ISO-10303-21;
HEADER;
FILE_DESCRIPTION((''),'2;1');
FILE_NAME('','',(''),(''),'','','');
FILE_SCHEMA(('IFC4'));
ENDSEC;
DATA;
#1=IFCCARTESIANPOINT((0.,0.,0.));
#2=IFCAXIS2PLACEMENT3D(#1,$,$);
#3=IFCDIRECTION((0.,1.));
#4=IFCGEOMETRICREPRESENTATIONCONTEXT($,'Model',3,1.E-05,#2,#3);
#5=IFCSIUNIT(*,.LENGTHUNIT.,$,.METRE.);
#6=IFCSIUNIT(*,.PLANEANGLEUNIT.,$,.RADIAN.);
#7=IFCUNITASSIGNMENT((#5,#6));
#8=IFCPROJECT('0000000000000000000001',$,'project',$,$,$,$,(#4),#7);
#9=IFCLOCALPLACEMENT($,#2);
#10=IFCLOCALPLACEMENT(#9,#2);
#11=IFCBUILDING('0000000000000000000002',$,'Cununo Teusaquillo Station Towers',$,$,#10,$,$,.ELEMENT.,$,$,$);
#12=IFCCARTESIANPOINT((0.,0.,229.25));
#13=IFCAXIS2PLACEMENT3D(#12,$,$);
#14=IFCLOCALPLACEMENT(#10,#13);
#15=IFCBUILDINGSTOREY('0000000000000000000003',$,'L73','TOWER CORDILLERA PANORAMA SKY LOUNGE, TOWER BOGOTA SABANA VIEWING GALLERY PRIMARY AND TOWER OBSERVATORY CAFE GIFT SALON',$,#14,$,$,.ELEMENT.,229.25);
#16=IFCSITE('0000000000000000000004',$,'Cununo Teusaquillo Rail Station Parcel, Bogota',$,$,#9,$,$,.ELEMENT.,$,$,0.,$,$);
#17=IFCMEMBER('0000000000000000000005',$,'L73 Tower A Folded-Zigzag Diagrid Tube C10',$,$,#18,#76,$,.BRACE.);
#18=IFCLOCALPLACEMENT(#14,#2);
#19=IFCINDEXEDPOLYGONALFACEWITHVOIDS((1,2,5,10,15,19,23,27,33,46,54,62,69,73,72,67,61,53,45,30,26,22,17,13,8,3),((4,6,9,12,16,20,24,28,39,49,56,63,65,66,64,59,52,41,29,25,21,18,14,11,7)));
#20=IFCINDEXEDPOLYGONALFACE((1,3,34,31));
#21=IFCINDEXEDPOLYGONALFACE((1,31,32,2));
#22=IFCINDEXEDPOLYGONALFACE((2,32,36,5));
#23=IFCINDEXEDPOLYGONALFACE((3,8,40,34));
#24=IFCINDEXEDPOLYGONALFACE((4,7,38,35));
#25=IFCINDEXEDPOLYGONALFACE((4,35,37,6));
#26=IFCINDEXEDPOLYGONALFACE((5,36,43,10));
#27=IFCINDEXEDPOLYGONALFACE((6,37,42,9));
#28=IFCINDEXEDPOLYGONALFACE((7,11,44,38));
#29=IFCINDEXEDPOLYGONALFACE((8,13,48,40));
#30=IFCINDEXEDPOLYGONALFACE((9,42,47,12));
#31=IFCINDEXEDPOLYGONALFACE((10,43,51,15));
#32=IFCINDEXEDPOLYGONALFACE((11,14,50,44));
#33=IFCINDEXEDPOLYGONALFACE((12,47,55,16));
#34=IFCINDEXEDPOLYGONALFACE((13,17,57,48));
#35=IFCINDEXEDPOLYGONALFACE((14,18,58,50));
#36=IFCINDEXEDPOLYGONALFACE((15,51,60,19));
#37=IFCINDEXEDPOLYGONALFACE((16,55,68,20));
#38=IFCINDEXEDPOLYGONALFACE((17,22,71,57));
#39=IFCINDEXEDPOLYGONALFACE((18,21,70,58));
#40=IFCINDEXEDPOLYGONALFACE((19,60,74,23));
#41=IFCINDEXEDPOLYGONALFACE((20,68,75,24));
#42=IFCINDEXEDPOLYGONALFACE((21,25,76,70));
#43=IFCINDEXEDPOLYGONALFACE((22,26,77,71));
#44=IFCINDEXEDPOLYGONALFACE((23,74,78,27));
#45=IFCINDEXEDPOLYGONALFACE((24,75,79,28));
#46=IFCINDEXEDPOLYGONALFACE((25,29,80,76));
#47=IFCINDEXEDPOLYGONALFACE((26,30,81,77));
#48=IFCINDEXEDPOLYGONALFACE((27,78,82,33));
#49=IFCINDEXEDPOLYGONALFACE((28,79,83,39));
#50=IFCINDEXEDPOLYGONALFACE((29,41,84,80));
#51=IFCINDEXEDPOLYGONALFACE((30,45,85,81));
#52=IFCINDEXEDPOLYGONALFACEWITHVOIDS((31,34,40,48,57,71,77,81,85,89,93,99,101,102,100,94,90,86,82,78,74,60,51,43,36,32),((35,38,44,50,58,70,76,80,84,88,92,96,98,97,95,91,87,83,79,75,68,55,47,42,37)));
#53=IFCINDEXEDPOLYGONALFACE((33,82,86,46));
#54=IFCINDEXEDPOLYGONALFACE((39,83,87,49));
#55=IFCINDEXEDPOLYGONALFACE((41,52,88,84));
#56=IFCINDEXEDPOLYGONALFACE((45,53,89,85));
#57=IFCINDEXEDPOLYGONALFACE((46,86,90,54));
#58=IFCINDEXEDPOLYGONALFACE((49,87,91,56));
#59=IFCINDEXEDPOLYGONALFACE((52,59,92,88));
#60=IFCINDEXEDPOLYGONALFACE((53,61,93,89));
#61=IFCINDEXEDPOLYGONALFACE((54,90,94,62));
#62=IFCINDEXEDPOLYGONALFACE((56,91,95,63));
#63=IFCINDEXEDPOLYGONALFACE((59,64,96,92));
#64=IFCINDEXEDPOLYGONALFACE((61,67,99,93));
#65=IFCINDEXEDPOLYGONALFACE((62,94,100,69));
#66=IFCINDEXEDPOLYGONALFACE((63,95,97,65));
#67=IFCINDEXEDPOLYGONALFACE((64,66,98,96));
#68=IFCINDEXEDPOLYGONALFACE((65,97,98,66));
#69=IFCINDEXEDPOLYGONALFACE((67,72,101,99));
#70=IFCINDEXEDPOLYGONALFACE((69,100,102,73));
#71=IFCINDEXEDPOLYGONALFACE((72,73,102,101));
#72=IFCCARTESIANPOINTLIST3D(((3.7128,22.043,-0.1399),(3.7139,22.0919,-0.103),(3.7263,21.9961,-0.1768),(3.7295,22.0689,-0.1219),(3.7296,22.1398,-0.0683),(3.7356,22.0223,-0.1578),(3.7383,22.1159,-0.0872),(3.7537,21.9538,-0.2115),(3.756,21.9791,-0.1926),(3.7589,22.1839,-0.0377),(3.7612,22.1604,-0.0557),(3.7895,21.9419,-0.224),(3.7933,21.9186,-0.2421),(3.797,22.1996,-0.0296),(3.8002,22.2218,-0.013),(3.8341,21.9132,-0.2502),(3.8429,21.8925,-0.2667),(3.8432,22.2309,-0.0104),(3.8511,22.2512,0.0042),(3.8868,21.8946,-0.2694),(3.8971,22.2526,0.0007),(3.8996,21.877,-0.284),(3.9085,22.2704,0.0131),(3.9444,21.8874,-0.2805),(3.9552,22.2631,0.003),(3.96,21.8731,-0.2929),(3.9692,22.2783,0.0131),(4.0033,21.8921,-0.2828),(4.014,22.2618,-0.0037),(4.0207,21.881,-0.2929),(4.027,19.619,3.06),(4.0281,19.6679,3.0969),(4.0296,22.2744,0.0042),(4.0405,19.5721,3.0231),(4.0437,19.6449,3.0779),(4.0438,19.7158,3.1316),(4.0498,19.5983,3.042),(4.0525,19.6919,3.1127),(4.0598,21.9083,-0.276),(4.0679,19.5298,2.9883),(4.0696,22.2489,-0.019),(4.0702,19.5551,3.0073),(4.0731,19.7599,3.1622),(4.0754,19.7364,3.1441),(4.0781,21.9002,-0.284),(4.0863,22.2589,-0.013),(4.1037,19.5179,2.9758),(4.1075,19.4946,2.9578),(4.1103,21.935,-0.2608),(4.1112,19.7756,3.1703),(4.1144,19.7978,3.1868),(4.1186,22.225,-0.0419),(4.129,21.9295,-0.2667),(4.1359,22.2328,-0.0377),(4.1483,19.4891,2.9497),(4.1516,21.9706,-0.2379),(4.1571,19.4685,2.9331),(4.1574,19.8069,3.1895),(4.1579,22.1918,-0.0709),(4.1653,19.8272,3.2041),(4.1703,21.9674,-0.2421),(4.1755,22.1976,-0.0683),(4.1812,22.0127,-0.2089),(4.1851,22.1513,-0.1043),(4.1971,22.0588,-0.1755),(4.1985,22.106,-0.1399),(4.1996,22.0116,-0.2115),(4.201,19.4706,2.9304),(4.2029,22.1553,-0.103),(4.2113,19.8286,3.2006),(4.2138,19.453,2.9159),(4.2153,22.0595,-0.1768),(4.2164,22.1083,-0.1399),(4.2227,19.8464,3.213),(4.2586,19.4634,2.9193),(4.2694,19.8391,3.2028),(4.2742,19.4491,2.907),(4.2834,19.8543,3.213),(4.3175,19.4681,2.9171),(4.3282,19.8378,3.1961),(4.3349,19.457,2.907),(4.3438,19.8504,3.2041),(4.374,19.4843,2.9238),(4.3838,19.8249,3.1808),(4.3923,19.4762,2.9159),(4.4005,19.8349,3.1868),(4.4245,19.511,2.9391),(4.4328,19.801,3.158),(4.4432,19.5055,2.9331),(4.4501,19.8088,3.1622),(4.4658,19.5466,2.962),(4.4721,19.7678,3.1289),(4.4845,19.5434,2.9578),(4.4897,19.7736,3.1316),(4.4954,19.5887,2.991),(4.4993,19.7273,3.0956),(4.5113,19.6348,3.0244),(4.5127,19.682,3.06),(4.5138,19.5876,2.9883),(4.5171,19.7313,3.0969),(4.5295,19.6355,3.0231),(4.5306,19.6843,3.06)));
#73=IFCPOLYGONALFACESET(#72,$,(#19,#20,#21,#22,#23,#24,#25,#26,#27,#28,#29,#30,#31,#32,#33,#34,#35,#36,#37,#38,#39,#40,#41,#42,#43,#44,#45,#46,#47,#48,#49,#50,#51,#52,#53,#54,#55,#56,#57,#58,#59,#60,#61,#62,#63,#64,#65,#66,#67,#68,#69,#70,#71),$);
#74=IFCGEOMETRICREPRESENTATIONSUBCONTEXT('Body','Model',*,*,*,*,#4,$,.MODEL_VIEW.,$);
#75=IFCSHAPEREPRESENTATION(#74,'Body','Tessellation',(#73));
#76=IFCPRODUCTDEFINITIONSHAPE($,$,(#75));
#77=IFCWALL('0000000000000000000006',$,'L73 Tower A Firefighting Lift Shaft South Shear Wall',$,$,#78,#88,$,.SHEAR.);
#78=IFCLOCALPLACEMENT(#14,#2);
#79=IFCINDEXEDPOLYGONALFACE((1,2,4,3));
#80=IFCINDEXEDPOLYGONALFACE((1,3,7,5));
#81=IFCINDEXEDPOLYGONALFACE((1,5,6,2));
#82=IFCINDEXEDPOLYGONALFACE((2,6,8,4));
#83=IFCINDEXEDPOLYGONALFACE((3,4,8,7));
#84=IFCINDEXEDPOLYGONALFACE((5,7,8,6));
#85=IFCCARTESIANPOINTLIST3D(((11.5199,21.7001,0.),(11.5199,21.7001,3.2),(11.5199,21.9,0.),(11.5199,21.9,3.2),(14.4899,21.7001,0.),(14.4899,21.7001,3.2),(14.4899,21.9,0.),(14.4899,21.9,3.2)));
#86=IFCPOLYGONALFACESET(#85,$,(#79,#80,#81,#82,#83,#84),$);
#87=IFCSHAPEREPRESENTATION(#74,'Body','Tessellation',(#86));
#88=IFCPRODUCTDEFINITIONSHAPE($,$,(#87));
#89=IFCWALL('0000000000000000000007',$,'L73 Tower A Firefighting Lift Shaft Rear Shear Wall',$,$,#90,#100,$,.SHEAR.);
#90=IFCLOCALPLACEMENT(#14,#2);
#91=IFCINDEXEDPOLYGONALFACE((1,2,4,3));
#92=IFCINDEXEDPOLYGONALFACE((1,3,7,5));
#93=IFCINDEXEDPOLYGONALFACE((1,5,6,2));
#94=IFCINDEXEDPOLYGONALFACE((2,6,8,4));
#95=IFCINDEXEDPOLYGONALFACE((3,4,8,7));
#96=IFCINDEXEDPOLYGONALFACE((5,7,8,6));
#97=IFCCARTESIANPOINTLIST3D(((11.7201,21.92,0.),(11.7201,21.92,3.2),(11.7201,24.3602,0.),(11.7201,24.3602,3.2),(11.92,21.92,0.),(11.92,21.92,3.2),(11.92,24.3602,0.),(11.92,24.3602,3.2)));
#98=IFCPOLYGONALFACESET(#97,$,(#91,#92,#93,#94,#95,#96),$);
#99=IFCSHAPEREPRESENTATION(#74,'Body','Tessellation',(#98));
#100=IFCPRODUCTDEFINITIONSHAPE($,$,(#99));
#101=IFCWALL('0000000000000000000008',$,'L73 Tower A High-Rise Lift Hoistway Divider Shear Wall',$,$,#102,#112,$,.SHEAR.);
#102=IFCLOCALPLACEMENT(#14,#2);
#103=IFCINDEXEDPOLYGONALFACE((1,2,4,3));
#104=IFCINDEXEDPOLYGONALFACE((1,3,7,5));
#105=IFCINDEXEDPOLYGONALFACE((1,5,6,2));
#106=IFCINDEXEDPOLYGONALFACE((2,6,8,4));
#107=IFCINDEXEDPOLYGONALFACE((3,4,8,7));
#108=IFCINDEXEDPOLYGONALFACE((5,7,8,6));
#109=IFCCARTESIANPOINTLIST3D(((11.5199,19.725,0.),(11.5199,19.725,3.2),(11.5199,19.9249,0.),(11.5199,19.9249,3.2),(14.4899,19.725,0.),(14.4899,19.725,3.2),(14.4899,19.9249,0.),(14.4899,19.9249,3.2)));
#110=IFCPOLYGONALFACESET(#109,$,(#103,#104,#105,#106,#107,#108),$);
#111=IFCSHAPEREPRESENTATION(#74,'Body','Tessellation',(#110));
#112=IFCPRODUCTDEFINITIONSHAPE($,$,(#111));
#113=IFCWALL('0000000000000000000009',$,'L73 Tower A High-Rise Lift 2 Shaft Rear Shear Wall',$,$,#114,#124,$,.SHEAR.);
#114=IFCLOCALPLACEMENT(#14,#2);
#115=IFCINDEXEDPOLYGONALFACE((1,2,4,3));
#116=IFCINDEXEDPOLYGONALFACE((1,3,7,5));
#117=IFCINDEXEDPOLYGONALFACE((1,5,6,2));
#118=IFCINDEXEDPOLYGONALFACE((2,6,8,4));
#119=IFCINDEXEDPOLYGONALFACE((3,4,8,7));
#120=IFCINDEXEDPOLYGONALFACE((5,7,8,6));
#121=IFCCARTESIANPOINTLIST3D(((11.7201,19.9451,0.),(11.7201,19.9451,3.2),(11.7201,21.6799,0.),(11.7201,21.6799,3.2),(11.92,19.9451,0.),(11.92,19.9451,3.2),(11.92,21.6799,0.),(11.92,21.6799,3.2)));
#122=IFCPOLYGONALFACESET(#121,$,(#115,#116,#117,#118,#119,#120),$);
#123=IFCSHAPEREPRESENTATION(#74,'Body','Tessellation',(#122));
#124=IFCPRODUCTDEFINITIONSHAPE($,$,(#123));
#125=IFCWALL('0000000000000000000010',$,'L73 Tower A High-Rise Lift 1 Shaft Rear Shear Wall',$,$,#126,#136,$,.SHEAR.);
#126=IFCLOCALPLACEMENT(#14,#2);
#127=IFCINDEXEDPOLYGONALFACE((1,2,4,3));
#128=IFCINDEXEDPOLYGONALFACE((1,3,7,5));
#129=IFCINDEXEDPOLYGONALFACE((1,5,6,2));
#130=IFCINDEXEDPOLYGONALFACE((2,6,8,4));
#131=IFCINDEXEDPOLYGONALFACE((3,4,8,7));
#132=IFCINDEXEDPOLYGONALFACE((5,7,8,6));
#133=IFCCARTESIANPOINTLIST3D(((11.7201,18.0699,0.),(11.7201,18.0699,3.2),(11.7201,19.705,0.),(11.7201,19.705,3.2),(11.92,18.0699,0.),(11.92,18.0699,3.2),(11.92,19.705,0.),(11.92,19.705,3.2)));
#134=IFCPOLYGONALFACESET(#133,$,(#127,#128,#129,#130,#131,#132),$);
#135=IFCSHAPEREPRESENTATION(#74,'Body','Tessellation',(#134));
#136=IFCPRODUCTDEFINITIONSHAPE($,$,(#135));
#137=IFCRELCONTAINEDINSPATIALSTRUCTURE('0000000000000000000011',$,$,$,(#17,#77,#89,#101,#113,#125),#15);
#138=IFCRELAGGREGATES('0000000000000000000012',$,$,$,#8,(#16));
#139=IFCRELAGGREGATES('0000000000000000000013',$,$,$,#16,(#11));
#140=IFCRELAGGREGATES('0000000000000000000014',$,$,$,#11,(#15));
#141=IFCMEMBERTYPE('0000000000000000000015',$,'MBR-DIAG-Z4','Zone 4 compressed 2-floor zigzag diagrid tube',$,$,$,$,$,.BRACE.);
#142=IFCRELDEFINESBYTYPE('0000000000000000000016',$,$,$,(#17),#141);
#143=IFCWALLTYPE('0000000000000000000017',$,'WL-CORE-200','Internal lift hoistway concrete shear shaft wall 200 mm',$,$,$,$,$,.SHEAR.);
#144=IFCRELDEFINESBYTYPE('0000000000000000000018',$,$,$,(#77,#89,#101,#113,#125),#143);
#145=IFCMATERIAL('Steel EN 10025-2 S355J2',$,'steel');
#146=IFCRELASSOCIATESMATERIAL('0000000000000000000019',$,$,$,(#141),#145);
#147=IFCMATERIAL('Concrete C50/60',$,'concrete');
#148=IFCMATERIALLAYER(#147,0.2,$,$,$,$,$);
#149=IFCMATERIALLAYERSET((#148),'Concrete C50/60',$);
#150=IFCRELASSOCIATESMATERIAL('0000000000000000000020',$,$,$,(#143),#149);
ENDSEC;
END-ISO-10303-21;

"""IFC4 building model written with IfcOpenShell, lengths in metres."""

from ifc_helpers import new_model, si_unit, direction, frame, frame_2d, origin, origin_2d, place, context, subcontext, project, spatial, rectangle, hollow_circle, extrude, material, layer, layer_set, material_profile, profile_set, type_object, element, save


model = new_model("IFC4")

# Units and contexts
model_context = context("Model", 3, precision=1e-05, world=origin(), true_north=direction((0.0, 1.0)))
body_context = subcontext(model_context, "Body", "Model", "MODEL_VIEW")
ifc_project = project(units=[si_unit("LENGTHUNIT", "METRE"), si_unit("PLANEANGLEUNIT", "RADIAN")], contexts=[model_context])

# Site, building, storey
site_placement = place(None, origin())
site = spatial("IfcSite", under=ifc_project, at=site_placement, Name="Cununo Teusaquillo Rail Station Parcel, Bogota", CompositionType="ELEMENT", RefElevation=0.0)
building_placement = place(site_placement, origin())
building = spatial("IfcBuilding", under=site, at=building_placement, Name="Cununo Teusaquillo Station Towers", CompositionType="ELEMENT")
storey_placement = place(building_placement, frame((0.0, 0.0, 229.25)))
storey = spatial("IfcBuildingStorey", under=building, at=storey_placement, Name="L73", Description="TOWER CORDILLERA PANORAMA SKY LOUNGE, TOWER BOGOTA SABANA VIEWING GALLERY PRIMARY AND TOWER OBSERVATORY CAFE GIFT SALON", CompositionType="ELEMENT", Elevation=229.25)

# Member
ifc_material_1 = material(Name="Steel EN 10025-2 S355J2", Category="steel")
ifc_material_profile_1 = material_profile(ifc_material_1, hollow_circle(Radius=0.2539, WallThickness=0.0181, at=origin_2d()), Name="CHS 508x18")
ifc_profile_set_1 = profile_set([ifc_material_profile_1], Name="Steel EN 10025-2 S355J2")
member_type = type_object("IfcMemberType", Name="MBR-DIAG-Z4", Description="Zone 4 compressed 2-floor zigzag diagrid tube", PredefinedType="BRACE", material=ifc_profile_set_1)
member_placement = place(storey_placement, frame((3.9646, 22.0757, -0.1399), z_axis=(0.078031, -0.601995, 0.794678), x_axis=(0.991704, 0.128545, 0.0)))
element("IfcMember", 1, at=member_placement, inside=storey, type_object=member_type, Name="L73 Tower A Folded-Zigzag Diagrid Tube C10", PredefinedType="BRACE", context=body_context, shape_type="SweptSolid", body=[
    extrude(hollow_circle(Radius=0.2539, WallThickness=0.0181, at=origin_2d()), origin(), (0.0, 0.0, 1.0), 4.0266),
])

# Walls
ifc_material_2 = material(Name="Concrete C50/60", Category="concrete")
ifc_layer_1 = layer(ifc_material_2, 0.2)
ifc_layer_set_1 = layer_set([ifc_layer_1], Name="Concrete C50/60")
wall_type_1 = type_object("IfcWallType", Name="WL-CORE-200", Description="Internal lift hoistway concrete shear shaft wall 200 mm", PredefinedType="SHEAR", material=ifc_layer_set_1)
wall_1_placement = place(storey_placement, frame((11.52, 21.8, 0.0), z_axis=(0.0, 0.0, 1.0), x_axis=(1.0, 0.0, 0.0)))
element("IfcWall", 2, at=wall_1_placement, inside=storey, type_object=wall_type_1, Name="L73 Tower A Firefighting Lift Shaft South Shear Wall", PredefinedType="SHEAR", context=body_context, shape_type="SweptSolid", body=[
    extrude(rectangle(XDim=2.97, YDim=0.2, at=frame_2d((1.4849, 0.0))), origin(), (0.0, 0.0, 1.0), 3.2),
])
wall_2_placement = place(storey_placement, frame((11.8201, 21.9199, 0.0), z_axis=(0.0, 0.0, 1.0), x_axis=(0.0, 1.0, 0.0)))
element("IfcWall", 3, at=wall_2_placement, inside=storey, type_object=wall_type_1, Name="L73 Tower A Firefighting Lift Shaft Rear Shear Wall", PredefinedType="SHEAR", context=body_context, shape_type="SweptSolid", body=[
    extrude(rectangle(XDim=2.4402, YDim=0.2, at=frame_2d((1.2202, 0.0))), origin(), (0.0, 0.0, 1.0), 3.2),
])
wall_3_placement = place(storey_placement, frame((11.52, 19.825, 0.0), z_axis=(0.0, 0.0, 1.0), x_axis=(1.0, 0.0, 0.0)))
element("IfcWall", 4, at=wall_3_placement, inside=storey, type_object=wall_type_1, Name="L73 Tower A High-Rise Lift Hoistway Divider Shear Wall", PredefinedType="SHEAR", context=body_context, shape_type="SweptSolid", body=[
    extrude(rectangle(XDim=2.97, YDim=0.2, at=frame_2d((1.4849, 0.0))), origin(), (0.0, 0.0, 1.0), 3.2),
])
wall_4_placement = place(storey_placement, frame((11.8201, 19.9451, 0.0), z_axis=(0.0, 0.0, 1.0), x_axis=(0.0, 1.0, 0.0)))
element("IfcWall", 5, at=wall_4_placement, inside=storey, type_object=wall_type_1, Name="L73 Tower A High-Rise Lift 2 Shaft Rear Shear Wall", PredefinedType="SHEAR", context=body_context, shape_type="SweptSolid", body=[
    extrude(rectangle(XDim=1.7349, YDim=0.2, at=frame_2d((0.8674, 0.0))), origin(), (0.0, 0.0, 1.0), 3.2),
])
wall_5_placement = place(storey_placement, frame((11.8201, 18.0701, 0.0), z_axis=(0.0, 0.0, 1.0), x_axis=(0.0, 1.0, 0.0)))
element("IfcWall", 6, at=wall_5_placement, inside=storey, type_object=wall_type_1, Name="L73 Tower A High-Rise Lift 1 Shaft Rear Shear Wall", PredefinedType="SHEAR", context=body_context, shape_type="SweptSolid", body=[
    extrude(rectangle(XDim=1.635, YDim=0.2, at=frame_2d((0.8174, 0.0))), origin(), (0.0, 0.0, 1.0), 3.2),
])

save(model, "model.ifc")
